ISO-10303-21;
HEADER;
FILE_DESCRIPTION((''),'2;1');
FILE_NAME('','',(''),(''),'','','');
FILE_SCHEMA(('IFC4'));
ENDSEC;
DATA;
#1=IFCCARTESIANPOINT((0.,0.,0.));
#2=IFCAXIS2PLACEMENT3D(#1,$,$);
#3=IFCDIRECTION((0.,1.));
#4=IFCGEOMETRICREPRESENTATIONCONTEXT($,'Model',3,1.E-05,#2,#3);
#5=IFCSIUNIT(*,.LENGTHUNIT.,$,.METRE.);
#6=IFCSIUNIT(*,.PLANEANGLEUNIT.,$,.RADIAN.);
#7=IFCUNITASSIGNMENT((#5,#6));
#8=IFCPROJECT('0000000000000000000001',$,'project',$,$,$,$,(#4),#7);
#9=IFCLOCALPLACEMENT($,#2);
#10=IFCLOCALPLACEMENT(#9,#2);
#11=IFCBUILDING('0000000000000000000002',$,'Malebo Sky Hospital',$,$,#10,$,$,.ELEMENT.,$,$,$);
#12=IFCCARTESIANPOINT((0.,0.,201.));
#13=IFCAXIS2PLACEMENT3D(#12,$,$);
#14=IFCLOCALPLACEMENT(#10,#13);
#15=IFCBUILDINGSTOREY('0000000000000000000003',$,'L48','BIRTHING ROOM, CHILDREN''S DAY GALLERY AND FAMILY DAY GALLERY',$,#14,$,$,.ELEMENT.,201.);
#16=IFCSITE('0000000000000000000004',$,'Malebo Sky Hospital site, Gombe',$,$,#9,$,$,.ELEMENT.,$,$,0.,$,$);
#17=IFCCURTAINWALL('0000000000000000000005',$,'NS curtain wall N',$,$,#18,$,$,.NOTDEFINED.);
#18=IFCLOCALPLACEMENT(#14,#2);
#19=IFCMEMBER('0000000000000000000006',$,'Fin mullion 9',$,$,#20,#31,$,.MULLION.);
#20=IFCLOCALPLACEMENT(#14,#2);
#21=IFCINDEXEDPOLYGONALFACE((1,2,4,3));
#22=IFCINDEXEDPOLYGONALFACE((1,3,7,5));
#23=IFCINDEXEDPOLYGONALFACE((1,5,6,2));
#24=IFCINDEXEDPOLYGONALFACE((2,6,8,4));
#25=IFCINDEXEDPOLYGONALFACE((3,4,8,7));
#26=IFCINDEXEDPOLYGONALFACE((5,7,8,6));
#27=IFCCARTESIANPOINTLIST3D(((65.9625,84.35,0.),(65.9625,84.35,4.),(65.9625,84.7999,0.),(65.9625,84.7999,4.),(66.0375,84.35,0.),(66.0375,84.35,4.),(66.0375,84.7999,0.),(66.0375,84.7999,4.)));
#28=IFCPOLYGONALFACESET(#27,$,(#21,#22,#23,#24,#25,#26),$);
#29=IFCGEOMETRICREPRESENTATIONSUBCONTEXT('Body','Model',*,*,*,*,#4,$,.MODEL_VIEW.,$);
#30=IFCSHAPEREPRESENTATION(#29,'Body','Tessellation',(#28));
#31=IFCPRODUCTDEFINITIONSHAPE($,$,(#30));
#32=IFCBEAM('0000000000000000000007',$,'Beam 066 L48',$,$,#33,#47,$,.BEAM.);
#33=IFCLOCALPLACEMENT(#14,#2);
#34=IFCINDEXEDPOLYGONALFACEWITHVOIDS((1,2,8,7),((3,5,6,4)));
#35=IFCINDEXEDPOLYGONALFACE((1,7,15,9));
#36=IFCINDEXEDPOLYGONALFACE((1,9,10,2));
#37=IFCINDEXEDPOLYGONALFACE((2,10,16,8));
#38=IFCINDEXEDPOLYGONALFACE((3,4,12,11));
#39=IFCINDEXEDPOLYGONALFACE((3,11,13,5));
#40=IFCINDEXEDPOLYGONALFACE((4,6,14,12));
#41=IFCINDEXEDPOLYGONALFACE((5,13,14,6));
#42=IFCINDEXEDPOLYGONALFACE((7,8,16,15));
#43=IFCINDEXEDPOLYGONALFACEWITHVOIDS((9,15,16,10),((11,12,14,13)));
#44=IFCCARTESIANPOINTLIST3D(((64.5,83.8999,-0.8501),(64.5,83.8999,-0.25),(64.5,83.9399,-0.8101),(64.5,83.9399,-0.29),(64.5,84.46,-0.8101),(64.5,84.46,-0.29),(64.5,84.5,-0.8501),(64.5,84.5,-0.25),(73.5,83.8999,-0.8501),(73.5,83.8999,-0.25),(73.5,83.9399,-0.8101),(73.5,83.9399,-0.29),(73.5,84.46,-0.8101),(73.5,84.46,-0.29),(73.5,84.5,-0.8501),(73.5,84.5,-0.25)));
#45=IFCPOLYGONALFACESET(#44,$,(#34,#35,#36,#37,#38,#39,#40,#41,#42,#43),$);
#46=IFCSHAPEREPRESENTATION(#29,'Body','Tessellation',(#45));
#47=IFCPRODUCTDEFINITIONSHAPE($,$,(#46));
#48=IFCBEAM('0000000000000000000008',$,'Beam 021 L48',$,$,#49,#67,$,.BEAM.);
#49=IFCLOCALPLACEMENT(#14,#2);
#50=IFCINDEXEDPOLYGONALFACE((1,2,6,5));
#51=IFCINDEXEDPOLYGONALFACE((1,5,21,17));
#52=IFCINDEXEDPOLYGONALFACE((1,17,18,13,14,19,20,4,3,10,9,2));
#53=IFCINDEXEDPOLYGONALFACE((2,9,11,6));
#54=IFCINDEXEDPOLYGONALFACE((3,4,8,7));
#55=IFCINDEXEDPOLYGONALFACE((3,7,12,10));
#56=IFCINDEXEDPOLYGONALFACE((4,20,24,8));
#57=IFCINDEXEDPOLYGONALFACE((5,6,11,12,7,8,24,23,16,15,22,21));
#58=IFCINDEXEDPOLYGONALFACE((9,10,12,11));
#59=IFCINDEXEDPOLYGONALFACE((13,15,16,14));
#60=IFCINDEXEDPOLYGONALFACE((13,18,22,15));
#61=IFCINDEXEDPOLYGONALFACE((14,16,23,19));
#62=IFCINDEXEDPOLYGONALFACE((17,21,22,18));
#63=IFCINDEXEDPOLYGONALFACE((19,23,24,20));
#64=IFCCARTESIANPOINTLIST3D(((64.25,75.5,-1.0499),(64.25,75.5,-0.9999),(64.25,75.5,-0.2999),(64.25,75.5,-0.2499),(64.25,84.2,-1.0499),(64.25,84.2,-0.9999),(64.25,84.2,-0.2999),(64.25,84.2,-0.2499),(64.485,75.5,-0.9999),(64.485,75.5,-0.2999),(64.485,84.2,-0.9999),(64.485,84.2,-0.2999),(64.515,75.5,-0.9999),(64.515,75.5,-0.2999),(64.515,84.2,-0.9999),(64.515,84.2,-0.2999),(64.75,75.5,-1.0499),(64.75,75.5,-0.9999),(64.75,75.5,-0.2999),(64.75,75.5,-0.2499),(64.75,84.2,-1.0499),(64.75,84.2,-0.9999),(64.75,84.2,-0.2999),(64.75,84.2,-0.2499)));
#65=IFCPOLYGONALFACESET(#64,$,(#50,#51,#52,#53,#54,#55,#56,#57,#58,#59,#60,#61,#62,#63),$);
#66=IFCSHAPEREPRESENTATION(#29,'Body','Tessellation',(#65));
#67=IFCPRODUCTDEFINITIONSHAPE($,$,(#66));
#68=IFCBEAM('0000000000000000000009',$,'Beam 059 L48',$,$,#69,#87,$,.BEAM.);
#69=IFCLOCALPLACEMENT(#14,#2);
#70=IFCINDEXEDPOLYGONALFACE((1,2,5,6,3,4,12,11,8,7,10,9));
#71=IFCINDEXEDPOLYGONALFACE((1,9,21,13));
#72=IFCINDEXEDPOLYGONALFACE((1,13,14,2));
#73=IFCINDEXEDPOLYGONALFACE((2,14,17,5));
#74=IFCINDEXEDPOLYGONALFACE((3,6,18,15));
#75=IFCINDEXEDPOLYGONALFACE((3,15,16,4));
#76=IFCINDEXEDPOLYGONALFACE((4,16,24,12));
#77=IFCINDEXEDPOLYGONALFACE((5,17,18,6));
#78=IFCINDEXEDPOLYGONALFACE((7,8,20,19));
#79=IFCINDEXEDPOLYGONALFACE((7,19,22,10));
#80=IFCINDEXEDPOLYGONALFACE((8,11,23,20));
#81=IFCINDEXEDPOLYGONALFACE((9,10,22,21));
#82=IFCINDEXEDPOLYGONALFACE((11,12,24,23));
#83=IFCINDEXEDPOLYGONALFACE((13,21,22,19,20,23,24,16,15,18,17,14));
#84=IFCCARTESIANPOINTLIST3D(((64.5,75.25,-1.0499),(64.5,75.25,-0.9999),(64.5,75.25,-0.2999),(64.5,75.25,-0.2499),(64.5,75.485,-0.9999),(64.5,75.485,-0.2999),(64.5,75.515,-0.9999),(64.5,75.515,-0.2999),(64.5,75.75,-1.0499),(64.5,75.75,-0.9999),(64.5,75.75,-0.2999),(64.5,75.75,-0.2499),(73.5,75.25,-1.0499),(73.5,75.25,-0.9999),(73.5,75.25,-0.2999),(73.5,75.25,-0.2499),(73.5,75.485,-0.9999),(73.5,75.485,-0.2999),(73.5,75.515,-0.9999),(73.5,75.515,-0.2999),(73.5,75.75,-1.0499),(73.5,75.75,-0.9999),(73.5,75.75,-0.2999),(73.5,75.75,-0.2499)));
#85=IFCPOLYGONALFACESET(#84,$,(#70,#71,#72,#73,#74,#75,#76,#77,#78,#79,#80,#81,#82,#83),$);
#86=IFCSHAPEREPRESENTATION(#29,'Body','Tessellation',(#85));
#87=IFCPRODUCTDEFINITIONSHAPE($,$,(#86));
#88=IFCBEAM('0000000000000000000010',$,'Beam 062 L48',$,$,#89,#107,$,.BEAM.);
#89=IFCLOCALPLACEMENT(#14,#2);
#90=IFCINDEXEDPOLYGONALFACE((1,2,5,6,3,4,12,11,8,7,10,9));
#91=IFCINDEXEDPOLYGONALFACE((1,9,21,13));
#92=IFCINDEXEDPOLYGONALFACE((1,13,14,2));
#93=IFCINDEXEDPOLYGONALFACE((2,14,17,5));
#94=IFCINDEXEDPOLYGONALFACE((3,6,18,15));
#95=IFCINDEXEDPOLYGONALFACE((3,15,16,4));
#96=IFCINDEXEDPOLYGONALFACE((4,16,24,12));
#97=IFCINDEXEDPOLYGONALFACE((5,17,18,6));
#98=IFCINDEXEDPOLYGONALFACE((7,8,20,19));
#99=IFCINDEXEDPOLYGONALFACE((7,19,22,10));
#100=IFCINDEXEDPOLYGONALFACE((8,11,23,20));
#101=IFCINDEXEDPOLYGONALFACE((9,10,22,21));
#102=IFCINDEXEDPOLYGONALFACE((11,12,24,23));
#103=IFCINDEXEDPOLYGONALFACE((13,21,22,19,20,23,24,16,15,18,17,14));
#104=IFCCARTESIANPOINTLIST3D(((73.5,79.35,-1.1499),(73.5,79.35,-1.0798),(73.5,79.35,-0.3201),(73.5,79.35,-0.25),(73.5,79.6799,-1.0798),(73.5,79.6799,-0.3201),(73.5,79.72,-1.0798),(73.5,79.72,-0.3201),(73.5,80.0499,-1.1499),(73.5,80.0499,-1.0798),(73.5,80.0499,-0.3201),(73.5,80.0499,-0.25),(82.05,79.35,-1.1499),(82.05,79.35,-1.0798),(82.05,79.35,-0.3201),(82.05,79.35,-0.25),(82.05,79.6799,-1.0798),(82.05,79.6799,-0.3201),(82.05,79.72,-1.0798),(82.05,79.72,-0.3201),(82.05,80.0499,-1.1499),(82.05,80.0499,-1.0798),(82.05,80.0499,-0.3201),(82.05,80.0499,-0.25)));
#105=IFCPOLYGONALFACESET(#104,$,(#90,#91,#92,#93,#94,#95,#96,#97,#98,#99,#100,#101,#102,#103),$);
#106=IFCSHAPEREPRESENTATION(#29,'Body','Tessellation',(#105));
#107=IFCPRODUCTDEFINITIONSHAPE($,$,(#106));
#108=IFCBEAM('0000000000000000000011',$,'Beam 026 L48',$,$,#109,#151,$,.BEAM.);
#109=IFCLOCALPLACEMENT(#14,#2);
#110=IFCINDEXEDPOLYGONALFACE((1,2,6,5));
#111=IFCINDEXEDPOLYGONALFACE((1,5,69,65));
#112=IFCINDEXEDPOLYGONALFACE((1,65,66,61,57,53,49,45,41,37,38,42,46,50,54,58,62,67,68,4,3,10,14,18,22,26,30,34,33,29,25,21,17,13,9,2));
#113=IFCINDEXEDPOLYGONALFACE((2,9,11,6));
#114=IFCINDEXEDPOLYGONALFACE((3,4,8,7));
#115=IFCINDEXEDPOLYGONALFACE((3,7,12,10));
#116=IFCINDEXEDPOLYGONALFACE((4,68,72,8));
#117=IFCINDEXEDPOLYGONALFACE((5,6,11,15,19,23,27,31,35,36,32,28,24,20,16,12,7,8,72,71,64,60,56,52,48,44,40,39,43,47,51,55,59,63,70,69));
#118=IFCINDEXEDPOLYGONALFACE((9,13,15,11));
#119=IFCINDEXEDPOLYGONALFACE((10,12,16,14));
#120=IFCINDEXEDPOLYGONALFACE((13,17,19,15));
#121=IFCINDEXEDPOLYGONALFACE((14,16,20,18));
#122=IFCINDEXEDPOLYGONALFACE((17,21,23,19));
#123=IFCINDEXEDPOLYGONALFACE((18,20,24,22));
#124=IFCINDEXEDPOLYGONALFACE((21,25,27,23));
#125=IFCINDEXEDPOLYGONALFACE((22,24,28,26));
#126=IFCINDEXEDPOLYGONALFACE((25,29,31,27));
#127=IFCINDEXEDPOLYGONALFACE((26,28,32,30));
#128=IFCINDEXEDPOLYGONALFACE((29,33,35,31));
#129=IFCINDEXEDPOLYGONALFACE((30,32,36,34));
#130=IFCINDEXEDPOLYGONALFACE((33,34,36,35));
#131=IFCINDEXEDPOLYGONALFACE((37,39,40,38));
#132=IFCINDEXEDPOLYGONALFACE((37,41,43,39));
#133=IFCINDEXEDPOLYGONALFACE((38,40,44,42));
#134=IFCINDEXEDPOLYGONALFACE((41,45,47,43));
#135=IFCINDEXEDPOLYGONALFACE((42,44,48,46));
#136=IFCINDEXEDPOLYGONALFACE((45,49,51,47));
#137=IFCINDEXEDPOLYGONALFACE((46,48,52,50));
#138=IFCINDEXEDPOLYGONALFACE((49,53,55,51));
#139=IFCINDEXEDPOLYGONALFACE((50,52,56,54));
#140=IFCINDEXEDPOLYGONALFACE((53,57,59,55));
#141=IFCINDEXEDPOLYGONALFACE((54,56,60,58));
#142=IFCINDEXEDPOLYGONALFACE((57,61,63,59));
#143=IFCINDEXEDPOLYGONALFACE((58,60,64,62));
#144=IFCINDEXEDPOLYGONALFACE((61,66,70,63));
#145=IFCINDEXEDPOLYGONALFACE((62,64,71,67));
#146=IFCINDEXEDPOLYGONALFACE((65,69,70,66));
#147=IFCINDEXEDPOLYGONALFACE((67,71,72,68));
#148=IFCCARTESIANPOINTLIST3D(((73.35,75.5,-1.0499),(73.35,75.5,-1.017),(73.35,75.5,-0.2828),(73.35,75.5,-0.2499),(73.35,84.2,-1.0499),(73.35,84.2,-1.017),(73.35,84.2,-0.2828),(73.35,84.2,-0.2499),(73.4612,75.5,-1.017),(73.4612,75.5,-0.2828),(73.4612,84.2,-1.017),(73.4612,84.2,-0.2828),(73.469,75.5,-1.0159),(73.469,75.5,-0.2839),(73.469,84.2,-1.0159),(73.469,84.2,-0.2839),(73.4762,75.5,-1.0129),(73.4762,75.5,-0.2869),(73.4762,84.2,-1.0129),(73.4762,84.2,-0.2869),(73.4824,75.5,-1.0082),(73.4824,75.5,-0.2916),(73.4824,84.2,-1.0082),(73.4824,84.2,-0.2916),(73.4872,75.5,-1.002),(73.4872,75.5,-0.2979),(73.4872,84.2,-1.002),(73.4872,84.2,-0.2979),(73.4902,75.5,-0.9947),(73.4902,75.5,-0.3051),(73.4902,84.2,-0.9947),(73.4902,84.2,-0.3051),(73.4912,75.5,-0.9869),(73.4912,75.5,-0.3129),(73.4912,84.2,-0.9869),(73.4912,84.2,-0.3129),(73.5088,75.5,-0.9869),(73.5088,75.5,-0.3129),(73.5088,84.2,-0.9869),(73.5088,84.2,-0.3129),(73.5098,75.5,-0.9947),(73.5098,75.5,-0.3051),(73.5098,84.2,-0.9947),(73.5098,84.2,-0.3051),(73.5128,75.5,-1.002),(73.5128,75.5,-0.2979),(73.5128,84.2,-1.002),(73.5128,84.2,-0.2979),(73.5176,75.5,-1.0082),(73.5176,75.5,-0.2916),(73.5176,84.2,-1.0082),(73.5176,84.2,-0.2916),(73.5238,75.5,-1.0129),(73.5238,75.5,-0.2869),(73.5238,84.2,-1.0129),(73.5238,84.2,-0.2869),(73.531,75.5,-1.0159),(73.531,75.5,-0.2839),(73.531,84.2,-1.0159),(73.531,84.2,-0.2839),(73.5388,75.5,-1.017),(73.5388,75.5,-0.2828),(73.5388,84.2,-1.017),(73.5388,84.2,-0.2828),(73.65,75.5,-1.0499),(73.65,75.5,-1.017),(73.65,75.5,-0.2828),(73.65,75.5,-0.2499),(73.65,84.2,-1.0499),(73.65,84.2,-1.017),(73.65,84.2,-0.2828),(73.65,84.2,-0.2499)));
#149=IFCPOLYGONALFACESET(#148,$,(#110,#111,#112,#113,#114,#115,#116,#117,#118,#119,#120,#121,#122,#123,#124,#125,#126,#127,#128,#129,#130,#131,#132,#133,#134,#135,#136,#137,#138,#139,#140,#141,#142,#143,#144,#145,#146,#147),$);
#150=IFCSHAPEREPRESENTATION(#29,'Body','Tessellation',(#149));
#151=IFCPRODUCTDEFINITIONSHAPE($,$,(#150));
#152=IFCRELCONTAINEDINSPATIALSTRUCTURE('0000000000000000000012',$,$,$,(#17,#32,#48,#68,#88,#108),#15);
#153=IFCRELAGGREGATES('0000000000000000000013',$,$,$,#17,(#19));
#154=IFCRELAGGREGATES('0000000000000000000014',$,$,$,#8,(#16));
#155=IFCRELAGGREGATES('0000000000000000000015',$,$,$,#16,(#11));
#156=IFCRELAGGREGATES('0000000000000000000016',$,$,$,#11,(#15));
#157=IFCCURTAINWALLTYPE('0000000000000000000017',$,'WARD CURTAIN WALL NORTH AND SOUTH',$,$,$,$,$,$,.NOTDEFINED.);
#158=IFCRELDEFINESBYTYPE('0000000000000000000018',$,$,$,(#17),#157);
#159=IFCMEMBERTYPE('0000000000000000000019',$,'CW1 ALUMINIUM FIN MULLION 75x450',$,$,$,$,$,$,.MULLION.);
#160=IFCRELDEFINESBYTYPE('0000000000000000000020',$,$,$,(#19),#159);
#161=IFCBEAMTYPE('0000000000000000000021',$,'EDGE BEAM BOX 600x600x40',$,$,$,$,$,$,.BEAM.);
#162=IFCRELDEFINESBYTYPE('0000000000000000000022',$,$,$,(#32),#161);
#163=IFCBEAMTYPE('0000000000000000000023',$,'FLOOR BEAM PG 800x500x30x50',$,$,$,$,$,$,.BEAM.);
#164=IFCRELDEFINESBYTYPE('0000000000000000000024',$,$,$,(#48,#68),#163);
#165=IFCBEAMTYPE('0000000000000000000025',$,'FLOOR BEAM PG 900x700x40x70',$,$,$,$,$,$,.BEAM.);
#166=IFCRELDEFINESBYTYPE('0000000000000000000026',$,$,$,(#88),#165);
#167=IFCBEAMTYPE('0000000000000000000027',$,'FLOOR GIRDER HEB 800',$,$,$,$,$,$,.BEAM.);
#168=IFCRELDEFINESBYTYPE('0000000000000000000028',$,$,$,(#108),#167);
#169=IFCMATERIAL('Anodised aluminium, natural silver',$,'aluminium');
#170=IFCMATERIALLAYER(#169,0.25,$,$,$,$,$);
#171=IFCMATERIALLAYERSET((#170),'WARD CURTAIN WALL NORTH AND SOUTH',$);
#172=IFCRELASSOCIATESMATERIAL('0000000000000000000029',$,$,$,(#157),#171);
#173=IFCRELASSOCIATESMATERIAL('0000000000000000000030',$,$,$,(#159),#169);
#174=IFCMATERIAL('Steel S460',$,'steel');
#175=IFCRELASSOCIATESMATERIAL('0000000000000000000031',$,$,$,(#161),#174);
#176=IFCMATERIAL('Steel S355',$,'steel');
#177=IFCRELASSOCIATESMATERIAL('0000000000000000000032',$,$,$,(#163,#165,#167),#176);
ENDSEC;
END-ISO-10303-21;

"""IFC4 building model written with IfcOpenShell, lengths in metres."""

from ifc_helpers import new_model, si_unit, direction, frame, origin, origin_2d, place, context, subcontext, project, spatial, rectangle, hollow_rectangle, i_section, extrude, material, layer, layer_set, material_profile, profile_set, type_object, element, aggregate, save


model = new_model("IFC4")

# Units and contexts
model_context = context("Model", 3, precision=1e-05, world=origin(), true_north=direction((0.0, 1.0)))
body_context = subcontext(model_context, "Body", "Model", "MODEL_VIEW")
ifc_project = project(units=[si_unit("LENGTHUNIT", "METRE"), si_unit("PLANEANGLEUNIT", "RADIAN")], contexts=[model_context])

# Site, building, storey
site_placement = place(None, origin())
site = spatial("IfcSite", under=ifc_project, at=site_placement, Name="Malebo Sky Hospital site, Gombe", CompositionType="ELEMENT", RefElevation=0.0)
building_placement = place(site_placement, origin())
building = spatial("IfcBuilding", under=site, at=building_placement, Name="Malebo Sky Hospital", CompositionType="ELEMENT")
storey_placement = place(building_placement, frame((0.0, 0.0, 201.0)))
storey = spatial("IfcBuildingStorey", under=building, at=storey_placement, Name="L48", Description="BIRTHING ROOM, CHILDREN'S DAY GALLERY AND FAMILY DAY GALLERY", CompositionType="ELEMENT", Elevation=201.0)

# Shared definitions
ifc_material_1 = material(Name="Steel S460", Category="steel")

# Curtain wall
ifc_material_2 = material(Name="Anodised aluminium, natural silver", Category="aluminium")
ifc_layer_1 = layer(ifc_material_2, 0.25)
ifc_layer_set_1 = layer_set([ifc_layer_1], Name="WARD CURTAIN WALL NORTH AND SOUTH")
curtain_wall_type = type_object("IfcCurtainWallType", Name="WARD CURTAIN WALL NORTH AND SOUTH", PredefinedType="NOTDEFINED", material=ifc_layer_set_1)
curtain_wall_placement = place(storey_placement, origin())
curtain_wall = element("IfcCurtainWall", 1, at=curtain_wall_placement, inside=storey, type_object=curtain_wall_type, Name="NS curtain wall N", PredefinedType="NOTDEFINED")

# Member
ifc_material_3 = material(Name="Steel S355", Category="steel")
ifc_material_profile_1 = material_profile(ifc_material_2, rectangle(XDim=0.075, YDim=0.45, at=origin_2d()), Name="CW1 ALUMINIUM FIN MULLION 75x450")
ifc_profile_set_1 = profile_set([ifc_material_profile_1], Name="Anodised aluminium, natural silver")
member_type_1 = type_object("IfcMemberType", Name="CW1 ALUMINIUM FIN MULLION 75x450", PredefinedType="MULLION", material=ifc_profile_set_1)
member_1_placement = place(storey_placement, frame((66.0, 84.575, 0.0), z_axis=(0.0, 0.0, 1.0), x_axis=(1.0, 0.0, 0.0)))
member_1 = element("IfcMember", 2, at=member_1_placement, type_object=member_type_1, Name="Fin mullion 9", PredefinedType="MULLION", context=body_context, shape_type="SweptSolid", body=[
    extrude(rectangle(XDim=0.075, YDim=0.45, at=origin_2d()), origin(), (0.0, 0.0, 1.0), 4.0),
])

# Beams
ifc_material_profile_2 = material_profile(ifc_material_1, hollow_rectangle(XDim=0.6001, YDim=0.6001, WallThickness=0.04, at=origin_2d()), Name="BOX 600x600x40")
ifc_profile_set_2 = profile_set([ifc_material_profile_2], Name="Steel S460")
beam_type_1 = type_object("IfcBeamType", Name="EDGE BEAM BOX 600x600x40", PredefinedType="BEAM", material=ifc_profile_set_2)
beam_1_placement = place(storey_placement, frame((64.5, 84.2, -0.55), z_axis=(1.0, 0.0, 0.0), x_axis=(0.0, 1.0, 0.0)))
element("IfcBeam", 3, at=beam_1_placement, inside=storey, type_object=beam_type_1, Name="Beam 066 L48", PredefinedType="BEAM", context=body_context, shape_type="SweptSolid", body=[
    extrude(hollow_rectangle(XDim=0.6001, YDim=0.6001, WallThickness=0.04, at=origin_2d()), origin(), (0.0, 0.0, 1.0), 9.0),
])
ifc_material_profile_3 = material_profile(ifc_material_3, i_section(OverallWidth=0.5, OverallDepth=0.8, WebThickness=0.03, FlangeThickness=0.05, at=origin_2d()), Name="PG 800x500x30x50")
ifc_profile_set_3 = profile_set([ifc_material_profile_3], Name="Steel S355")
beam_type_2 = type_object("IfcBeamType", Name="FLOOR BEAM PG 800x500x30x50", PredefinedType="BEAM", material=ifc_profile_set_3)
beam_2_placement = place(storey_placement, frame((64.5, 75.5, -0.6499), z_axis=(0.0, 1.0, 0.0), x_axis=(-1.0, 0.0, 0.0)))
element("IfcBeam", 4, at=beam_2_placement, inside=storey, type_object=beam_type_2, Name="Beam 021 L48", PredefinedType="BEAM", context=body_context, shape_type="SweptSolid", body=[
    extrude(i_section(OverallWidth=0.5, OverallDepth=0.8, WebThickness=0.03, FlangeThickness=0.05, at=origin_2d()), origin(), (0.0, 0.0, 1.0), 8.7),
])
beam_3_placement = place(storey_placement, frame((64.5, 75.5, -0.6499), z_axis=(1.0, 0.0, 0.0), x_axis=(0.0, 1.0, 0.0)))
element("IfcBeam", 5, at=beam_3_placement, inside=storey, type_object=beam_type_2, Name="Beam 059 L48", PredefinedType="BEAM", context=body_context, shape_type="SweptSolid", body=[
    extrude(i_section(OverallWidth=0.5, OverallDepth=0.8, WebThickness=0.03, FlangeThickness=0.05, at=origin_2d()), origin(), (0.0, 0.0, 1.0), 9.0),
])
ifc_material_profile_4 = material_profile(ifc_material_3, i_section(OverallWidth=0.7, OverallDepth=0.8999, WebThickness=0.04, FlangeThickness=0.0701, at=origin_2d()), Name="PG 900x700x40x70")
ifc_profile_set_4 = profile_set([ifc_material_profile_4], Name="Steel S355")
beam_type_3 = type_object("IfcBeamType", Name="FLOOR BEAM PG 900x700x40x70", PredefinedType="BEAM", material=ifc_profile_set_4)
beam_4_placement = place(storey_placement, frame((73.5, 79.7, -0.7), z_axis=(1.0, 0.0, 0.0), x_axis=(0.0, 1.0, 0.0)))
element("IfcBeam", 6, at=beam_4_placement, inside=storey, type_object=beam_type_3, Name="Beam 062 L48", PredefinedType="BEAM", context=body_context, shape_type="SweptSolid", body=[
    extrude(i_section(OverallWidth=0.7, OverallDepth=0.8999, WebThickness=0.04, FlangeThickness=0.0701, at=origin_2d()), origin(), (0.0, 0.0, 1.0), 8.55),
])
ifc_material_profile_5 = material_profile(ifc_material_3, i_section(OverallWidth=0.3, OverallDepth=0.8, WebThickness=0.0176, FlangeThickness=0.033, FilletRadius=0.03, at=origin_2d()), Name="HEB 800")
ifc_profile_set_5 = profile_set([ifc_material_profile_5], Name="Steel S355")
beam_type_4 = type_object("IfcBeamType", Name="FLOOR GIRDER HEB 800", PredefinedType="BEAM", material=ifc_profile_set_5)
for number, where, z_axis, x_axis, name in (
    (7, (73.5, 75.5, -0.6499), (0.0, 1.0, 0.0), (-1.0, 0.0, 0.0), "Beam 026 L48"),
):
    element("IfcBeam", number, at=place(storey_placement, frame(where, z_axis=z_axis, x_axis=x_axis)), inside=storey, type_object=beam_type_4, Name=name, PredefinedType="BEAM", context=body_context, shape_type="SweptSolid", body=[
        extrude(i_section(OverallWidth=0.3, OverallDepth=0.8, WebThickness=0.0176, FlangeThickness=0.033, FilletRadius=0.03, at=origin_2d()), origin(), (0.0, 0.0, 1.0), 8.7),
    ])

aggregate(curtain_wall, [member_1])

save(model, "model.ifc")
